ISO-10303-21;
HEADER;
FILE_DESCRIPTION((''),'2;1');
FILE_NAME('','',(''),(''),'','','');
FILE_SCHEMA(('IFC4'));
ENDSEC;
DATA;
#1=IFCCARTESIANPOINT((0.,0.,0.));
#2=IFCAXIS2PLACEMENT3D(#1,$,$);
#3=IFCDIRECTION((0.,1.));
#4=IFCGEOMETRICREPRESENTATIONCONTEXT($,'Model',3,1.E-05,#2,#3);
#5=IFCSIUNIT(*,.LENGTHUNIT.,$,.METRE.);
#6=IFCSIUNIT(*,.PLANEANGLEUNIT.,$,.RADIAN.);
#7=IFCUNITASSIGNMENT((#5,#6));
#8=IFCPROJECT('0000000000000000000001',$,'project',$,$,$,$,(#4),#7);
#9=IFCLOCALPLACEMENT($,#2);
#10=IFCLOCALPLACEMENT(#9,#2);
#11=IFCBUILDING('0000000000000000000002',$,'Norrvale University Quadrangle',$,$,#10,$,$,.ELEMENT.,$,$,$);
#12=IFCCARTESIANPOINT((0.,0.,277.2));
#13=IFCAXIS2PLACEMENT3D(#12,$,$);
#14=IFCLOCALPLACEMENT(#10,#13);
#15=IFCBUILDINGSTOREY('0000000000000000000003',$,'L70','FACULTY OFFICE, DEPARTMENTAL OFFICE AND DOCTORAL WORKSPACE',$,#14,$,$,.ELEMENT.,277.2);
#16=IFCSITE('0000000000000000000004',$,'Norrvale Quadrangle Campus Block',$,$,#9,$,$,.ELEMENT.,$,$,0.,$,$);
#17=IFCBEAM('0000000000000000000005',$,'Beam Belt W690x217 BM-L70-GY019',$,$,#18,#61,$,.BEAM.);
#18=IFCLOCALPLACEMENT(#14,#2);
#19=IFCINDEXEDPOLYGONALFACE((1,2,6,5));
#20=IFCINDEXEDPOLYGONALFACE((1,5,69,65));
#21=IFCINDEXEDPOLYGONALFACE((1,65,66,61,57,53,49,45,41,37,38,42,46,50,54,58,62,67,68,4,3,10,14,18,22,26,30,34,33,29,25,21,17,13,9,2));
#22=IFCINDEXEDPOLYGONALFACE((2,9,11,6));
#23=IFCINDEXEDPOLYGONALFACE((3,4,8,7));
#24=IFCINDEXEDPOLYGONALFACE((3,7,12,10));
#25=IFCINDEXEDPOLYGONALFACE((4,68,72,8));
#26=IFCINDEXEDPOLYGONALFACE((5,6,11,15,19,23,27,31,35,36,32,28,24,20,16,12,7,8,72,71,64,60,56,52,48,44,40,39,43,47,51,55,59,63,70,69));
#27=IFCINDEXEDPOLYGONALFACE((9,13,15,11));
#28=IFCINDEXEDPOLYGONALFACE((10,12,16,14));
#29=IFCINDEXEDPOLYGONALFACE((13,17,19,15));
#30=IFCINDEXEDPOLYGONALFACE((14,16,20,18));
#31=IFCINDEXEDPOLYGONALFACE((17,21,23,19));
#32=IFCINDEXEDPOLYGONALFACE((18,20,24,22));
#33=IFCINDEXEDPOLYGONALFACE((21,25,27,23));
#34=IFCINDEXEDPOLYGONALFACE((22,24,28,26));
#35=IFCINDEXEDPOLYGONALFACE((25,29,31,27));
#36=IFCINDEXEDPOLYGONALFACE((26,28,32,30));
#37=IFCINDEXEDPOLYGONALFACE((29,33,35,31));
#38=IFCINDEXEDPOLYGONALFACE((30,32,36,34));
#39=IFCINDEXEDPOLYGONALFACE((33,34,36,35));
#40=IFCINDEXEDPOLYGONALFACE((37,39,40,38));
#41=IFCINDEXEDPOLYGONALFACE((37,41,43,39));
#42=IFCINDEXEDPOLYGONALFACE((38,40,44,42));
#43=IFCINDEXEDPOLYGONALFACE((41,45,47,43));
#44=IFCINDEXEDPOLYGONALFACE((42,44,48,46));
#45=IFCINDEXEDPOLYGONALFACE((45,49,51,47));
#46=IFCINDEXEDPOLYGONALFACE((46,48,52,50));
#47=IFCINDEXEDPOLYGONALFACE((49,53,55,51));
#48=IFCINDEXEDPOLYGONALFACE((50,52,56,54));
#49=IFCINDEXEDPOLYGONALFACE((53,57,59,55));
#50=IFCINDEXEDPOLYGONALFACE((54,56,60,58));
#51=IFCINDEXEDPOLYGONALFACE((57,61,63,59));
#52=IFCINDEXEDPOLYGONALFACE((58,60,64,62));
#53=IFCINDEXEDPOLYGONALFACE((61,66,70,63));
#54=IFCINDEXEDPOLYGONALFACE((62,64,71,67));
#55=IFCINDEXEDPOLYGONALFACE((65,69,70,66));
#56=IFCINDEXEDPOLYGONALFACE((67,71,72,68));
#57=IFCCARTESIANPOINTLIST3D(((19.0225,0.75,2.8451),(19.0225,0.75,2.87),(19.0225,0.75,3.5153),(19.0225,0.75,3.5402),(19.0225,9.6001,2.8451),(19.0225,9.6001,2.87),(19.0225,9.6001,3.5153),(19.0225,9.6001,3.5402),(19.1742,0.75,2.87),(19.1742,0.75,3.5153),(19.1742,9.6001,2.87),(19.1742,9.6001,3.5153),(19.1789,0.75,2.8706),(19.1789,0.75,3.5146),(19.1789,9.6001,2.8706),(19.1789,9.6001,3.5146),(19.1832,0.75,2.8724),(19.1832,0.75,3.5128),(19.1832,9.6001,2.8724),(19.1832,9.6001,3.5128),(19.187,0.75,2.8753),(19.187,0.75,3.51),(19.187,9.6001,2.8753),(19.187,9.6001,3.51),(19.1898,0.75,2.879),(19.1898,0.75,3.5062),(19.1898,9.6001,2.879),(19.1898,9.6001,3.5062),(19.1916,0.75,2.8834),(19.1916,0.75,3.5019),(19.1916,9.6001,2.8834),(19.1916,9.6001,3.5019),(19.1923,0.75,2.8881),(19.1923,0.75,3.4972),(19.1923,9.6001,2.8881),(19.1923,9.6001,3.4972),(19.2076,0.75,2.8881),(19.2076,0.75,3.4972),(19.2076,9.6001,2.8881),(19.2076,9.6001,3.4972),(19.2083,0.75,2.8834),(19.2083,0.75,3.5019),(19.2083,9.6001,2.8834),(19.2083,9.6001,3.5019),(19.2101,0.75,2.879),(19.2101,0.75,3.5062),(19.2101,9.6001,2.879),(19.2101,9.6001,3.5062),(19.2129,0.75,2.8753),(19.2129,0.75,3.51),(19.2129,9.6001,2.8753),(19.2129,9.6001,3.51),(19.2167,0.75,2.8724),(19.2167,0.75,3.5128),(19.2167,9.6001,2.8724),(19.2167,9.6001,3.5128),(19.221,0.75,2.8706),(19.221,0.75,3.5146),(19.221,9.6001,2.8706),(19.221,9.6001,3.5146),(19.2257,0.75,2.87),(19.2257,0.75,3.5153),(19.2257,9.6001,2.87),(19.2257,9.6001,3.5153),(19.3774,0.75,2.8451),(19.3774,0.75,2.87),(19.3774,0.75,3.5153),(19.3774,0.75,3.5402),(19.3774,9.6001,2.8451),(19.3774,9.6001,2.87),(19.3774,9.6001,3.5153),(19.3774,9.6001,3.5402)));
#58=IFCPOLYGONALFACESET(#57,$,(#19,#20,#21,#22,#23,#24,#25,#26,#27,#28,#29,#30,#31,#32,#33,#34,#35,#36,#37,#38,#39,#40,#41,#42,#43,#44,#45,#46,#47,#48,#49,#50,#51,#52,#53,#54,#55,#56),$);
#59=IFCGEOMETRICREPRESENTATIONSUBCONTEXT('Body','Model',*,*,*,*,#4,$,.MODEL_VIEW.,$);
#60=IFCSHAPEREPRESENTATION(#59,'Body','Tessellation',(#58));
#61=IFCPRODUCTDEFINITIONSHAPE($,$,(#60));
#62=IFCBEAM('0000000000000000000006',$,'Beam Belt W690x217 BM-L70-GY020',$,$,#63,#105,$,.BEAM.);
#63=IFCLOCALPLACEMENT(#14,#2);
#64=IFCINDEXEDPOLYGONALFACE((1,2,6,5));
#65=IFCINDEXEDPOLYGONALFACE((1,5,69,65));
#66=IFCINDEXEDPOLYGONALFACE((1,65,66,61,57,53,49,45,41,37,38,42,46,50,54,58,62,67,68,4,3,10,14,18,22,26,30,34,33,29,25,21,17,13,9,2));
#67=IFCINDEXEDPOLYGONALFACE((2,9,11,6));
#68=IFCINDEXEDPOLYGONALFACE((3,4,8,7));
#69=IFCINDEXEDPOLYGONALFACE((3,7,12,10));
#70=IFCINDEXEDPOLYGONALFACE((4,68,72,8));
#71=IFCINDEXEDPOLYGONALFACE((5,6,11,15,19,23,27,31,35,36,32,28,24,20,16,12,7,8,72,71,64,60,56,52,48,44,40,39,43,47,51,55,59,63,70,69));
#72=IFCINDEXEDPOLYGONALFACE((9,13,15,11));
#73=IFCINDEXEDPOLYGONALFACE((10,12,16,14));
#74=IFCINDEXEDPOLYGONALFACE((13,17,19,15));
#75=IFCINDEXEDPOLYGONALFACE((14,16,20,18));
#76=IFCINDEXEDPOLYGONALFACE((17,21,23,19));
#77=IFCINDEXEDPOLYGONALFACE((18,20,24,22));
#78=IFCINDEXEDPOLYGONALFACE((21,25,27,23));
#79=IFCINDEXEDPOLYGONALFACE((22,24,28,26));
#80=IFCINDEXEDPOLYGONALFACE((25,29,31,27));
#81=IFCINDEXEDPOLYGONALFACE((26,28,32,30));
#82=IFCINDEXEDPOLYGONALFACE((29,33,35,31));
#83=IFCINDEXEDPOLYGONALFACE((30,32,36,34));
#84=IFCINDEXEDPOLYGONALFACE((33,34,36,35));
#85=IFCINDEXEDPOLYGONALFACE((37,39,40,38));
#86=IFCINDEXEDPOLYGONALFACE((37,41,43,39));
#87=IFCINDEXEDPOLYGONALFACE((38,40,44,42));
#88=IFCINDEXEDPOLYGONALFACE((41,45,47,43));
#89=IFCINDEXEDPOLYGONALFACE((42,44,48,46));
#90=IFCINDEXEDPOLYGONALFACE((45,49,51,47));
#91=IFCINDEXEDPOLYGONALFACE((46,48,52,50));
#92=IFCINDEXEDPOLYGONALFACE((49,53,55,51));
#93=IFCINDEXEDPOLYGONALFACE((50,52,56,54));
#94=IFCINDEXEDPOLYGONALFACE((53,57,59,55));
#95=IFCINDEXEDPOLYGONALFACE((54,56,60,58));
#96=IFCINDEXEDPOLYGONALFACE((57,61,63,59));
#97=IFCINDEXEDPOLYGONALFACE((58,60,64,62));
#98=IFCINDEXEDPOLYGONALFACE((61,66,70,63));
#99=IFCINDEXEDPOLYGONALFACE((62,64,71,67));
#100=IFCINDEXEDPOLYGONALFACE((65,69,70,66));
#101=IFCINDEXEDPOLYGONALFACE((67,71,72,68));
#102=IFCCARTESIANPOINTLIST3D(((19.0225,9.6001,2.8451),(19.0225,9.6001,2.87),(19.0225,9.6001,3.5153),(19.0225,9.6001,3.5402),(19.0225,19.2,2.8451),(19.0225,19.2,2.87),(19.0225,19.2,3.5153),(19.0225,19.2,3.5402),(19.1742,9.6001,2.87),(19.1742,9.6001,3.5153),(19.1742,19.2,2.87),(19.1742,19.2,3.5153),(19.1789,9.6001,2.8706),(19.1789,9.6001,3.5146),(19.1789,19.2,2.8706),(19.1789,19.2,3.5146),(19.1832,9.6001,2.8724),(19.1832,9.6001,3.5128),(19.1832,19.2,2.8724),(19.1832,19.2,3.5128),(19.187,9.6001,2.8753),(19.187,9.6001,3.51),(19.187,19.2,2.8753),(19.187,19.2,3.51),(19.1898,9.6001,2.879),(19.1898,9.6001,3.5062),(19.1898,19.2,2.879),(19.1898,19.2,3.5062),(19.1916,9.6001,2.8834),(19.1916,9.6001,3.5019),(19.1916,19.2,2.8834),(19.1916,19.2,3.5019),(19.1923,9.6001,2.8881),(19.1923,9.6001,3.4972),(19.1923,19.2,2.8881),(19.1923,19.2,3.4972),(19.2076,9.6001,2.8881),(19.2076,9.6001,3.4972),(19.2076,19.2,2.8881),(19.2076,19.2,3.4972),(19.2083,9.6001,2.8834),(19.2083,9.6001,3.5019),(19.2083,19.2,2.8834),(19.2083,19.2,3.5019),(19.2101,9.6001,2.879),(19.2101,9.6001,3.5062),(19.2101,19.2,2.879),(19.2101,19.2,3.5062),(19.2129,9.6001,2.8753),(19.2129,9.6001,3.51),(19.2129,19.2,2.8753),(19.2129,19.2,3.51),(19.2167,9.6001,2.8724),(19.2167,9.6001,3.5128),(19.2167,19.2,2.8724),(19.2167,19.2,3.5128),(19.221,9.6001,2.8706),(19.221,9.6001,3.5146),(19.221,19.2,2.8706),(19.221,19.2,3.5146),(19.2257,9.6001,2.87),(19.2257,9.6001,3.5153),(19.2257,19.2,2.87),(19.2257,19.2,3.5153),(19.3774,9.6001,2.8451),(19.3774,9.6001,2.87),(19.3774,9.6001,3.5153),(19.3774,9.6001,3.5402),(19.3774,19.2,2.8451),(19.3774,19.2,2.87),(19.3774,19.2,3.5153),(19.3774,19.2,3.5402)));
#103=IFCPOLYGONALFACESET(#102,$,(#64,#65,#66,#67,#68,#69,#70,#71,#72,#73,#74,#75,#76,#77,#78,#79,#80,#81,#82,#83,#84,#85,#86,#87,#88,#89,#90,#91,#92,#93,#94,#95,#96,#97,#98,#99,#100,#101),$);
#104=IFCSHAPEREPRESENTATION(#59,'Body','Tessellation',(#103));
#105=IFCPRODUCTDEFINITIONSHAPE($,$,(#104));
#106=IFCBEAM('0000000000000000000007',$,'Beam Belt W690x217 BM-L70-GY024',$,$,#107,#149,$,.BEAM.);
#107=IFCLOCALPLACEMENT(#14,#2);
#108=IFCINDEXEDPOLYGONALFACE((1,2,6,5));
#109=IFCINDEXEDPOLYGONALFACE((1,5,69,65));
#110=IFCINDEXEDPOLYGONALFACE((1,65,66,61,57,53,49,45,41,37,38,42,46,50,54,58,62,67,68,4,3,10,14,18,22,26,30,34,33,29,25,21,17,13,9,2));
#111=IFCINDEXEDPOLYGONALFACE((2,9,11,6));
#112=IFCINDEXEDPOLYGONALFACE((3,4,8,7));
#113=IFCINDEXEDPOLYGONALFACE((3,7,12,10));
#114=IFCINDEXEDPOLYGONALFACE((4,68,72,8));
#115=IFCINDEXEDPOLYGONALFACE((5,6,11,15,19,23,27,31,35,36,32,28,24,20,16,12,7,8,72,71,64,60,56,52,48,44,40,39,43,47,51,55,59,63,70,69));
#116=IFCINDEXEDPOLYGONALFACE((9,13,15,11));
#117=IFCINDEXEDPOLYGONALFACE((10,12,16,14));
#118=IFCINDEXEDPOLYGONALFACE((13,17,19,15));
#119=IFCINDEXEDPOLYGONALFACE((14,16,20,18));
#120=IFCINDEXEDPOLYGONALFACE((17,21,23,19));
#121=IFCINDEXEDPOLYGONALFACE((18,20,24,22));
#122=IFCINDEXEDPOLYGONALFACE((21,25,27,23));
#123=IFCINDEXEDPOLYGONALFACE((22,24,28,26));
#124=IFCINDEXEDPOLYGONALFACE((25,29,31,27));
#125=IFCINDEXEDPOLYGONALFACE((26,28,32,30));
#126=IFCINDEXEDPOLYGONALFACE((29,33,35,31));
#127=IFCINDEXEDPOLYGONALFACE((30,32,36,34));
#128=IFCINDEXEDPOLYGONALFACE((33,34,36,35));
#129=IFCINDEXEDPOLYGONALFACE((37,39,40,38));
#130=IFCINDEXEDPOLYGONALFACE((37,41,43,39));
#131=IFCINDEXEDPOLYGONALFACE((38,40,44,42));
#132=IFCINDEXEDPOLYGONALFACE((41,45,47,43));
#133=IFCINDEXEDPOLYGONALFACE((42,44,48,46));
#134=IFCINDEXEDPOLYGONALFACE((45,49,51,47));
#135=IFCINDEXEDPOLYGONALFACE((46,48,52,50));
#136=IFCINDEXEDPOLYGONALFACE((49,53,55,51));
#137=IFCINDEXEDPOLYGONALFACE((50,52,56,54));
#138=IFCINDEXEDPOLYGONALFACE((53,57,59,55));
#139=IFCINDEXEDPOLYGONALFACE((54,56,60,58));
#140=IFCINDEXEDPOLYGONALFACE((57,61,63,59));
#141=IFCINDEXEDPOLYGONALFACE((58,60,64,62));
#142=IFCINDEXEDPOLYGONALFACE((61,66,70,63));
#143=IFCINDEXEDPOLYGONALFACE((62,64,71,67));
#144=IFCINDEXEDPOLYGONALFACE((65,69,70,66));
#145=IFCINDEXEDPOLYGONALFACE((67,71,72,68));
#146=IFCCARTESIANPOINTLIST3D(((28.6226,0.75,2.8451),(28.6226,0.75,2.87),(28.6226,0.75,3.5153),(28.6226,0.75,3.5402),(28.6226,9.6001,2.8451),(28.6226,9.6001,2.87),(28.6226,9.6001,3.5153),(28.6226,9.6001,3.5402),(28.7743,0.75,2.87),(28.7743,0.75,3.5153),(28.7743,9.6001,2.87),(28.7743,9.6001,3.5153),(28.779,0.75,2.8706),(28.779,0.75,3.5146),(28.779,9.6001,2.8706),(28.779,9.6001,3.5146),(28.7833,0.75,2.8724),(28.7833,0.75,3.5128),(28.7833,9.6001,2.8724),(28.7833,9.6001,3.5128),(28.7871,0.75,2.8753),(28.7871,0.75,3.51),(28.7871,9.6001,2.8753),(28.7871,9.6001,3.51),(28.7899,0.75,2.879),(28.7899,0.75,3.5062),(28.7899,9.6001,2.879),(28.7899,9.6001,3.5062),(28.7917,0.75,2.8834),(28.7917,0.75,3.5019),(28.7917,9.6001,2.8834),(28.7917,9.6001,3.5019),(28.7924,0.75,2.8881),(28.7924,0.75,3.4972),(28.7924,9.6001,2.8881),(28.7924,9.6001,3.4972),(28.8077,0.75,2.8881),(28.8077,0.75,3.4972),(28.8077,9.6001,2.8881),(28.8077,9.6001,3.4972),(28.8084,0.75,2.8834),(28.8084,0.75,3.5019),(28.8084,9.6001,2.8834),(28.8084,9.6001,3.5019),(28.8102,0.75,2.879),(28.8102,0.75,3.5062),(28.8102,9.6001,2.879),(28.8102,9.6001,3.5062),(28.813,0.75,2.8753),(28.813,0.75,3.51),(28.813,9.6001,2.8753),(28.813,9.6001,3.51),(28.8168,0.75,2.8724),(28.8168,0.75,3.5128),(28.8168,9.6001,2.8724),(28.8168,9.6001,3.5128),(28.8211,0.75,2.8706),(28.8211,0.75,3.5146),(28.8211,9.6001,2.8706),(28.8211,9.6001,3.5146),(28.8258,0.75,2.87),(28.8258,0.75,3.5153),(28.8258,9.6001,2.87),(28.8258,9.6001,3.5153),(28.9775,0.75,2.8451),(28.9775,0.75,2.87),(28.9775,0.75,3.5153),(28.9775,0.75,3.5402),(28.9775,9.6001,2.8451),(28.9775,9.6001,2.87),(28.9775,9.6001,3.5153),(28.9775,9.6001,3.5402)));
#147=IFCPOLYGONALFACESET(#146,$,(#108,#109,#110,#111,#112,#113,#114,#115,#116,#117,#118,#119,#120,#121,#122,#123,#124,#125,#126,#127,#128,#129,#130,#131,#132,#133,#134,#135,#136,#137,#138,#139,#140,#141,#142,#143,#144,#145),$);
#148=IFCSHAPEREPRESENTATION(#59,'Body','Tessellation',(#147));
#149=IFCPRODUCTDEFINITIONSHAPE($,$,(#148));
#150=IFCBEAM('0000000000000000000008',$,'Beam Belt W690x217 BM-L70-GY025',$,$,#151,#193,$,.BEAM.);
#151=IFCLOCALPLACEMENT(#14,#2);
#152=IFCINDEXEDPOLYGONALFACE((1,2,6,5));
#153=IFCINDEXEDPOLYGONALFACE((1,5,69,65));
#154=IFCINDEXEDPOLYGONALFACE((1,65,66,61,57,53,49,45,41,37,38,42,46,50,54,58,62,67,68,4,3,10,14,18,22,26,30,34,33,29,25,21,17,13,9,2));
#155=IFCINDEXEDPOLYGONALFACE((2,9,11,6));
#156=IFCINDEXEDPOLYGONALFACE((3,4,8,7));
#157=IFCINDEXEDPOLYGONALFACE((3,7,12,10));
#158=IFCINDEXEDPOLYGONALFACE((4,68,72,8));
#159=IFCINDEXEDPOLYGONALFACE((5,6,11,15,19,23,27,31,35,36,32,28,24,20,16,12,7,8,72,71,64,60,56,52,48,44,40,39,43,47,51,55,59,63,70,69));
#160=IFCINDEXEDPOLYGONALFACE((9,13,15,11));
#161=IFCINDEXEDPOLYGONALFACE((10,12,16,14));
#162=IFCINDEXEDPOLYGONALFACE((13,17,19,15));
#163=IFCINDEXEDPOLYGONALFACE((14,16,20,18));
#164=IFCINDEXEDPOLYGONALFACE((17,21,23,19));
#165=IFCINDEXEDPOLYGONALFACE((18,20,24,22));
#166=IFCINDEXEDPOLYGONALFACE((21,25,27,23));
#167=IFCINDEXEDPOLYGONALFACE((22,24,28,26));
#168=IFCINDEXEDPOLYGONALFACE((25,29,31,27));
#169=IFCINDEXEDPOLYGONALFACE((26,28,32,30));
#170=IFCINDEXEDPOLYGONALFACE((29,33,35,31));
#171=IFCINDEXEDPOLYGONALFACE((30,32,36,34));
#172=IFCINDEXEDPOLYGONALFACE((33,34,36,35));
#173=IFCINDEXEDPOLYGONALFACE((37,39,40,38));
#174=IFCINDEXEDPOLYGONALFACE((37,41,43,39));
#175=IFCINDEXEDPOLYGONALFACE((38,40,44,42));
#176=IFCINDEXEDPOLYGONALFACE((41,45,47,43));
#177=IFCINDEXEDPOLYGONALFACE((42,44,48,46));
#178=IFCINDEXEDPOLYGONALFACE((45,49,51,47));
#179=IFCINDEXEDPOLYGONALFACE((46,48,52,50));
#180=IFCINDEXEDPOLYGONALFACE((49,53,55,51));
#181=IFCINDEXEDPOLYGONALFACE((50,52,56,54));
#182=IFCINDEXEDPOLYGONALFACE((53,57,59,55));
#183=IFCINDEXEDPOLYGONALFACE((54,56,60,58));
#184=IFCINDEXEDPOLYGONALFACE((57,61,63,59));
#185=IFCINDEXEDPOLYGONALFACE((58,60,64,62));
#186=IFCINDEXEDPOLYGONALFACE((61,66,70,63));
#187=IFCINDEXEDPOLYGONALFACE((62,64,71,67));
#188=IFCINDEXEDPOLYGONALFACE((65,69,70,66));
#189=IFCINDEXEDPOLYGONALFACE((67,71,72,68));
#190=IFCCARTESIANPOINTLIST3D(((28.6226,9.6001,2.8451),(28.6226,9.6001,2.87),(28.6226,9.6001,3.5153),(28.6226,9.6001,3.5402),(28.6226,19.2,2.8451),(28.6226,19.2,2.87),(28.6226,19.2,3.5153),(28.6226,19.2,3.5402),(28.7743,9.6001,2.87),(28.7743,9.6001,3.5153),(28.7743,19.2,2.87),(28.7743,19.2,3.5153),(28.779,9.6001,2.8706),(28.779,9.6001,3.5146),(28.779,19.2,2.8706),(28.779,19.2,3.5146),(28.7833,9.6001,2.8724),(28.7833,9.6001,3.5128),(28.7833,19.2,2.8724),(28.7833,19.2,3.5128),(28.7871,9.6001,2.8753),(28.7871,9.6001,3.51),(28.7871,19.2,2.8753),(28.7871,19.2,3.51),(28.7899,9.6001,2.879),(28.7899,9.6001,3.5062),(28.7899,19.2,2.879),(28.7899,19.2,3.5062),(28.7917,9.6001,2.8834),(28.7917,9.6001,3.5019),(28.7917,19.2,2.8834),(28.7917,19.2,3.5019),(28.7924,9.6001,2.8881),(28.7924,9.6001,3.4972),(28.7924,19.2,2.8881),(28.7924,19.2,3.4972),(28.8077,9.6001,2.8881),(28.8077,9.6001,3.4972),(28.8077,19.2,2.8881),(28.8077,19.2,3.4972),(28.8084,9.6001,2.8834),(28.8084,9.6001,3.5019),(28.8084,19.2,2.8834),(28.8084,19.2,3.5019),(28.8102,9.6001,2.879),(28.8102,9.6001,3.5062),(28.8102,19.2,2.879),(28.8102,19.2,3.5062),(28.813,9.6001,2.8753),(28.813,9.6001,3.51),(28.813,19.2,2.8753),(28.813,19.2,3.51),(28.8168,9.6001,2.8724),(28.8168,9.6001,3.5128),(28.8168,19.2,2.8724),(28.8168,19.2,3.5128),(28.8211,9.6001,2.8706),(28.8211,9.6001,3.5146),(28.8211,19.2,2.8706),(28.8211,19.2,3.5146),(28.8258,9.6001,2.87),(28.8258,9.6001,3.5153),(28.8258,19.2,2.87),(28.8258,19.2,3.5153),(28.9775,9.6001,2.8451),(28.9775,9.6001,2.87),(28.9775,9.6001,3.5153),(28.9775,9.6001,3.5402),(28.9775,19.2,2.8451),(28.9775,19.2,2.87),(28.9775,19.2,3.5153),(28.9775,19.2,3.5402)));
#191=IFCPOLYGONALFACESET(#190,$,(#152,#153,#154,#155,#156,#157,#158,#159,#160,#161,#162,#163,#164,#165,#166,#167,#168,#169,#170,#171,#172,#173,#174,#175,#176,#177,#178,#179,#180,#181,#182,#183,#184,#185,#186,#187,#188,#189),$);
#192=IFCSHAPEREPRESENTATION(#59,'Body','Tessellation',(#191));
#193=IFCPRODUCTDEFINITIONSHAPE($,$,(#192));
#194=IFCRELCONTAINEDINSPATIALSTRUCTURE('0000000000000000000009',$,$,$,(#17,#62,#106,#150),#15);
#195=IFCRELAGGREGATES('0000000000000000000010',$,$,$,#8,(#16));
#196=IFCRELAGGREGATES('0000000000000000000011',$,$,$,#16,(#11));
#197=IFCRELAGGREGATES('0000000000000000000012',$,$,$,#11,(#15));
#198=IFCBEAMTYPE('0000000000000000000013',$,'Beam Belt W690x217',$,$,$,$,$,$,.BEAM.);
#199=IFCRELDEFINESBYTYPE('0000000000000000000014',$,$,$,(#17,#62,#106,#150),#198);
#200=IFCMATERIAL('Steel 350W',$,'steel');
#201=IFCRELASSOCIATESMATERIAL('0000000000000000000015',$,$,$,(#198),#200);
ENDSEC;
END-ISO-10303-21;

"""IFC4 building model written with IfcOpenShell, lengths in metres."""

from ifc_helpers import new_model, si_unit, direction, frame, origin, origin_2d, place, context, subcontext, project, spatial, i_section, extrude, material, material_profile, profile_set, type_object, element, save


model = new_model("IFC4")

# Units and contexts
model_context = context("Model", 3, precision=1e-05, world=origin(), true_north=direction((0.0, 1.0)))
body_context = subcontext(model_context, "Body", "Model", "MODEL_VIEW")
ifc_project = project(units=[si_unit("LENGTHUNIT", "METRE"), si_unit("PLANEANGLEUNIT", "RADIAN")], contexts=[model_context])

# Site, building, storey
site_placement = place(None, origin())
site = spatial("IfcSite", under=ifc_project, at=site_placement, Name="Norrvale Quadrangle Campus Block", CompositionType="ELEMENT", RefElevation=0.0)
building_placement = place(site_placement, origin())
building = spatial("IfcBuilding", under=site, at=building_placement, Name="Norrvale University Quadrangle", CompositionType="ELEMENT")
storey_placement = place(building_placement, frame((0.0, 0.0, 277.2)))
storey = spatial("IfcBuildingStorey", under=building, at=storey_placement, Name="L70", Description="FACULTY OFFICE, DEPARTMENTAL OFFICE AND DOCTORAL WORKSPACE", CompositionType="ELEMENT", Elevation=277.2)

# Beams
ifc_material_1 = material(Name="Steel 350W", Category="steel")
ifc_material_profile_1 = material_profile(ifc_material_1, i_section(OverallWidth=0.355, OverallDepth=0.6951, WebThickness=0.0154, FlangeThickness=0.0249, FilletRadius=0.0181, at=origin_2d()), Name="Steel 350W")
ifc_profile_set_1 = profile_set([ifc_material_profile_1], Name="Steel 350W")
beam_type_1 = type_object("IfcBeamType", Name="Beam Belt W690x217", PredefinedType="BEAM", material=ifc_profile_set_1)
beam_1_placement = place(storey_placement, frame((19.2, 0.75, 3.1926), z_axis=(0.0, 1.0, 0.0), x_axis=(-1.0, 0.0, 0.0)))
element("IfcBeam", 1, at=beam_1_placement, inside=storey, type_object=beam_type_1, Name="Beam Belt W690x217 BM-L70-GY019", PredefinedType="BEAM", context=body_context, shape_type="SweptSolid", body=[
    extrude(i_section(OverallWidth=0.355, OverallDepth=0.6951, WebThickness=0.0154, FlangeThickness=0.0249, FilletRadius=0.0181, at=origin_2d()), origin(), (0.0, 0.0, 1.0), 8.8501),
])
beam_2_placement = place(storey_placement, frame((19.2, 9.6001, 3.1926), z_axis=(0.0, 1.0, 0.0), x_axis=(-1.0, 0.0, 0.0)))
element("IfcBeam", 2, at=beam_2_placement, inside=storey, type_object=beam_type_1, Name="Beam Belt W690x217 BM-L70-GY020", PredefinedType="BEAM", context=body_context, shape_type="SweptSolid", body=[
    extrude(i_section(OverallWidth=0.355, OverallDepth=0.6951, WebThickness=0.0154, FlangeThickness=0.0249, FilletRadius=0.0181, at=origin_2d()), origin(), (0.0, 0.0, 1.0), 9.5999),
])
beam_3_placement = place(storey_placement, frame((28.8, 0.75, 3.1926), z_axis=(0.0, 1.0, 0.0), x_axis=(-1.0, 0.0, 0.0)))
element("IfcBeam", 3, at=beam_3_placement, inside=storey, type_object=beam_type_1, Name="Beam Belt W690x217 BM-L70-GY024", PredefinedType="BEAM", context=body_context, shape_type="SweptSolid", body=[
    extrude(i_section(OverallWidth=0.355, OverallDepth=0.6951, WebThickness=0.0154, FlangeThickness=0.0249, FilletRadius=0.0181, at=origin_2d()), origin(), (0.0, 0.0, 1.0), 8.8501),
])
beam_4_placement = place(storey_placement, frame((28.8, 9.6001, 3.1926), z_axis=(0.0, 1.0, 0.0), x_axis=(-1.0, 0.0, 0.0)))
element("IfcBeam", 4, at=beam_4_placement, inside=storey, type_object=beam_type_1, Name="Beam Belt W690x217 BM-L70-GY025", PredefinedType="BEAM", context=body_context, shape_type="SweptSolid", body=[
    extrude(i_section(OverallWidth=0.355, OverallDepth=0.6951, WebThickness=0.0154, FlangeThickness=0.0249, FilletRadius=0.0181, at=origin_2d()), origin(), (0.0, 0.0, 1.0), 9.5999),
])

save(model, "model.ifc")
